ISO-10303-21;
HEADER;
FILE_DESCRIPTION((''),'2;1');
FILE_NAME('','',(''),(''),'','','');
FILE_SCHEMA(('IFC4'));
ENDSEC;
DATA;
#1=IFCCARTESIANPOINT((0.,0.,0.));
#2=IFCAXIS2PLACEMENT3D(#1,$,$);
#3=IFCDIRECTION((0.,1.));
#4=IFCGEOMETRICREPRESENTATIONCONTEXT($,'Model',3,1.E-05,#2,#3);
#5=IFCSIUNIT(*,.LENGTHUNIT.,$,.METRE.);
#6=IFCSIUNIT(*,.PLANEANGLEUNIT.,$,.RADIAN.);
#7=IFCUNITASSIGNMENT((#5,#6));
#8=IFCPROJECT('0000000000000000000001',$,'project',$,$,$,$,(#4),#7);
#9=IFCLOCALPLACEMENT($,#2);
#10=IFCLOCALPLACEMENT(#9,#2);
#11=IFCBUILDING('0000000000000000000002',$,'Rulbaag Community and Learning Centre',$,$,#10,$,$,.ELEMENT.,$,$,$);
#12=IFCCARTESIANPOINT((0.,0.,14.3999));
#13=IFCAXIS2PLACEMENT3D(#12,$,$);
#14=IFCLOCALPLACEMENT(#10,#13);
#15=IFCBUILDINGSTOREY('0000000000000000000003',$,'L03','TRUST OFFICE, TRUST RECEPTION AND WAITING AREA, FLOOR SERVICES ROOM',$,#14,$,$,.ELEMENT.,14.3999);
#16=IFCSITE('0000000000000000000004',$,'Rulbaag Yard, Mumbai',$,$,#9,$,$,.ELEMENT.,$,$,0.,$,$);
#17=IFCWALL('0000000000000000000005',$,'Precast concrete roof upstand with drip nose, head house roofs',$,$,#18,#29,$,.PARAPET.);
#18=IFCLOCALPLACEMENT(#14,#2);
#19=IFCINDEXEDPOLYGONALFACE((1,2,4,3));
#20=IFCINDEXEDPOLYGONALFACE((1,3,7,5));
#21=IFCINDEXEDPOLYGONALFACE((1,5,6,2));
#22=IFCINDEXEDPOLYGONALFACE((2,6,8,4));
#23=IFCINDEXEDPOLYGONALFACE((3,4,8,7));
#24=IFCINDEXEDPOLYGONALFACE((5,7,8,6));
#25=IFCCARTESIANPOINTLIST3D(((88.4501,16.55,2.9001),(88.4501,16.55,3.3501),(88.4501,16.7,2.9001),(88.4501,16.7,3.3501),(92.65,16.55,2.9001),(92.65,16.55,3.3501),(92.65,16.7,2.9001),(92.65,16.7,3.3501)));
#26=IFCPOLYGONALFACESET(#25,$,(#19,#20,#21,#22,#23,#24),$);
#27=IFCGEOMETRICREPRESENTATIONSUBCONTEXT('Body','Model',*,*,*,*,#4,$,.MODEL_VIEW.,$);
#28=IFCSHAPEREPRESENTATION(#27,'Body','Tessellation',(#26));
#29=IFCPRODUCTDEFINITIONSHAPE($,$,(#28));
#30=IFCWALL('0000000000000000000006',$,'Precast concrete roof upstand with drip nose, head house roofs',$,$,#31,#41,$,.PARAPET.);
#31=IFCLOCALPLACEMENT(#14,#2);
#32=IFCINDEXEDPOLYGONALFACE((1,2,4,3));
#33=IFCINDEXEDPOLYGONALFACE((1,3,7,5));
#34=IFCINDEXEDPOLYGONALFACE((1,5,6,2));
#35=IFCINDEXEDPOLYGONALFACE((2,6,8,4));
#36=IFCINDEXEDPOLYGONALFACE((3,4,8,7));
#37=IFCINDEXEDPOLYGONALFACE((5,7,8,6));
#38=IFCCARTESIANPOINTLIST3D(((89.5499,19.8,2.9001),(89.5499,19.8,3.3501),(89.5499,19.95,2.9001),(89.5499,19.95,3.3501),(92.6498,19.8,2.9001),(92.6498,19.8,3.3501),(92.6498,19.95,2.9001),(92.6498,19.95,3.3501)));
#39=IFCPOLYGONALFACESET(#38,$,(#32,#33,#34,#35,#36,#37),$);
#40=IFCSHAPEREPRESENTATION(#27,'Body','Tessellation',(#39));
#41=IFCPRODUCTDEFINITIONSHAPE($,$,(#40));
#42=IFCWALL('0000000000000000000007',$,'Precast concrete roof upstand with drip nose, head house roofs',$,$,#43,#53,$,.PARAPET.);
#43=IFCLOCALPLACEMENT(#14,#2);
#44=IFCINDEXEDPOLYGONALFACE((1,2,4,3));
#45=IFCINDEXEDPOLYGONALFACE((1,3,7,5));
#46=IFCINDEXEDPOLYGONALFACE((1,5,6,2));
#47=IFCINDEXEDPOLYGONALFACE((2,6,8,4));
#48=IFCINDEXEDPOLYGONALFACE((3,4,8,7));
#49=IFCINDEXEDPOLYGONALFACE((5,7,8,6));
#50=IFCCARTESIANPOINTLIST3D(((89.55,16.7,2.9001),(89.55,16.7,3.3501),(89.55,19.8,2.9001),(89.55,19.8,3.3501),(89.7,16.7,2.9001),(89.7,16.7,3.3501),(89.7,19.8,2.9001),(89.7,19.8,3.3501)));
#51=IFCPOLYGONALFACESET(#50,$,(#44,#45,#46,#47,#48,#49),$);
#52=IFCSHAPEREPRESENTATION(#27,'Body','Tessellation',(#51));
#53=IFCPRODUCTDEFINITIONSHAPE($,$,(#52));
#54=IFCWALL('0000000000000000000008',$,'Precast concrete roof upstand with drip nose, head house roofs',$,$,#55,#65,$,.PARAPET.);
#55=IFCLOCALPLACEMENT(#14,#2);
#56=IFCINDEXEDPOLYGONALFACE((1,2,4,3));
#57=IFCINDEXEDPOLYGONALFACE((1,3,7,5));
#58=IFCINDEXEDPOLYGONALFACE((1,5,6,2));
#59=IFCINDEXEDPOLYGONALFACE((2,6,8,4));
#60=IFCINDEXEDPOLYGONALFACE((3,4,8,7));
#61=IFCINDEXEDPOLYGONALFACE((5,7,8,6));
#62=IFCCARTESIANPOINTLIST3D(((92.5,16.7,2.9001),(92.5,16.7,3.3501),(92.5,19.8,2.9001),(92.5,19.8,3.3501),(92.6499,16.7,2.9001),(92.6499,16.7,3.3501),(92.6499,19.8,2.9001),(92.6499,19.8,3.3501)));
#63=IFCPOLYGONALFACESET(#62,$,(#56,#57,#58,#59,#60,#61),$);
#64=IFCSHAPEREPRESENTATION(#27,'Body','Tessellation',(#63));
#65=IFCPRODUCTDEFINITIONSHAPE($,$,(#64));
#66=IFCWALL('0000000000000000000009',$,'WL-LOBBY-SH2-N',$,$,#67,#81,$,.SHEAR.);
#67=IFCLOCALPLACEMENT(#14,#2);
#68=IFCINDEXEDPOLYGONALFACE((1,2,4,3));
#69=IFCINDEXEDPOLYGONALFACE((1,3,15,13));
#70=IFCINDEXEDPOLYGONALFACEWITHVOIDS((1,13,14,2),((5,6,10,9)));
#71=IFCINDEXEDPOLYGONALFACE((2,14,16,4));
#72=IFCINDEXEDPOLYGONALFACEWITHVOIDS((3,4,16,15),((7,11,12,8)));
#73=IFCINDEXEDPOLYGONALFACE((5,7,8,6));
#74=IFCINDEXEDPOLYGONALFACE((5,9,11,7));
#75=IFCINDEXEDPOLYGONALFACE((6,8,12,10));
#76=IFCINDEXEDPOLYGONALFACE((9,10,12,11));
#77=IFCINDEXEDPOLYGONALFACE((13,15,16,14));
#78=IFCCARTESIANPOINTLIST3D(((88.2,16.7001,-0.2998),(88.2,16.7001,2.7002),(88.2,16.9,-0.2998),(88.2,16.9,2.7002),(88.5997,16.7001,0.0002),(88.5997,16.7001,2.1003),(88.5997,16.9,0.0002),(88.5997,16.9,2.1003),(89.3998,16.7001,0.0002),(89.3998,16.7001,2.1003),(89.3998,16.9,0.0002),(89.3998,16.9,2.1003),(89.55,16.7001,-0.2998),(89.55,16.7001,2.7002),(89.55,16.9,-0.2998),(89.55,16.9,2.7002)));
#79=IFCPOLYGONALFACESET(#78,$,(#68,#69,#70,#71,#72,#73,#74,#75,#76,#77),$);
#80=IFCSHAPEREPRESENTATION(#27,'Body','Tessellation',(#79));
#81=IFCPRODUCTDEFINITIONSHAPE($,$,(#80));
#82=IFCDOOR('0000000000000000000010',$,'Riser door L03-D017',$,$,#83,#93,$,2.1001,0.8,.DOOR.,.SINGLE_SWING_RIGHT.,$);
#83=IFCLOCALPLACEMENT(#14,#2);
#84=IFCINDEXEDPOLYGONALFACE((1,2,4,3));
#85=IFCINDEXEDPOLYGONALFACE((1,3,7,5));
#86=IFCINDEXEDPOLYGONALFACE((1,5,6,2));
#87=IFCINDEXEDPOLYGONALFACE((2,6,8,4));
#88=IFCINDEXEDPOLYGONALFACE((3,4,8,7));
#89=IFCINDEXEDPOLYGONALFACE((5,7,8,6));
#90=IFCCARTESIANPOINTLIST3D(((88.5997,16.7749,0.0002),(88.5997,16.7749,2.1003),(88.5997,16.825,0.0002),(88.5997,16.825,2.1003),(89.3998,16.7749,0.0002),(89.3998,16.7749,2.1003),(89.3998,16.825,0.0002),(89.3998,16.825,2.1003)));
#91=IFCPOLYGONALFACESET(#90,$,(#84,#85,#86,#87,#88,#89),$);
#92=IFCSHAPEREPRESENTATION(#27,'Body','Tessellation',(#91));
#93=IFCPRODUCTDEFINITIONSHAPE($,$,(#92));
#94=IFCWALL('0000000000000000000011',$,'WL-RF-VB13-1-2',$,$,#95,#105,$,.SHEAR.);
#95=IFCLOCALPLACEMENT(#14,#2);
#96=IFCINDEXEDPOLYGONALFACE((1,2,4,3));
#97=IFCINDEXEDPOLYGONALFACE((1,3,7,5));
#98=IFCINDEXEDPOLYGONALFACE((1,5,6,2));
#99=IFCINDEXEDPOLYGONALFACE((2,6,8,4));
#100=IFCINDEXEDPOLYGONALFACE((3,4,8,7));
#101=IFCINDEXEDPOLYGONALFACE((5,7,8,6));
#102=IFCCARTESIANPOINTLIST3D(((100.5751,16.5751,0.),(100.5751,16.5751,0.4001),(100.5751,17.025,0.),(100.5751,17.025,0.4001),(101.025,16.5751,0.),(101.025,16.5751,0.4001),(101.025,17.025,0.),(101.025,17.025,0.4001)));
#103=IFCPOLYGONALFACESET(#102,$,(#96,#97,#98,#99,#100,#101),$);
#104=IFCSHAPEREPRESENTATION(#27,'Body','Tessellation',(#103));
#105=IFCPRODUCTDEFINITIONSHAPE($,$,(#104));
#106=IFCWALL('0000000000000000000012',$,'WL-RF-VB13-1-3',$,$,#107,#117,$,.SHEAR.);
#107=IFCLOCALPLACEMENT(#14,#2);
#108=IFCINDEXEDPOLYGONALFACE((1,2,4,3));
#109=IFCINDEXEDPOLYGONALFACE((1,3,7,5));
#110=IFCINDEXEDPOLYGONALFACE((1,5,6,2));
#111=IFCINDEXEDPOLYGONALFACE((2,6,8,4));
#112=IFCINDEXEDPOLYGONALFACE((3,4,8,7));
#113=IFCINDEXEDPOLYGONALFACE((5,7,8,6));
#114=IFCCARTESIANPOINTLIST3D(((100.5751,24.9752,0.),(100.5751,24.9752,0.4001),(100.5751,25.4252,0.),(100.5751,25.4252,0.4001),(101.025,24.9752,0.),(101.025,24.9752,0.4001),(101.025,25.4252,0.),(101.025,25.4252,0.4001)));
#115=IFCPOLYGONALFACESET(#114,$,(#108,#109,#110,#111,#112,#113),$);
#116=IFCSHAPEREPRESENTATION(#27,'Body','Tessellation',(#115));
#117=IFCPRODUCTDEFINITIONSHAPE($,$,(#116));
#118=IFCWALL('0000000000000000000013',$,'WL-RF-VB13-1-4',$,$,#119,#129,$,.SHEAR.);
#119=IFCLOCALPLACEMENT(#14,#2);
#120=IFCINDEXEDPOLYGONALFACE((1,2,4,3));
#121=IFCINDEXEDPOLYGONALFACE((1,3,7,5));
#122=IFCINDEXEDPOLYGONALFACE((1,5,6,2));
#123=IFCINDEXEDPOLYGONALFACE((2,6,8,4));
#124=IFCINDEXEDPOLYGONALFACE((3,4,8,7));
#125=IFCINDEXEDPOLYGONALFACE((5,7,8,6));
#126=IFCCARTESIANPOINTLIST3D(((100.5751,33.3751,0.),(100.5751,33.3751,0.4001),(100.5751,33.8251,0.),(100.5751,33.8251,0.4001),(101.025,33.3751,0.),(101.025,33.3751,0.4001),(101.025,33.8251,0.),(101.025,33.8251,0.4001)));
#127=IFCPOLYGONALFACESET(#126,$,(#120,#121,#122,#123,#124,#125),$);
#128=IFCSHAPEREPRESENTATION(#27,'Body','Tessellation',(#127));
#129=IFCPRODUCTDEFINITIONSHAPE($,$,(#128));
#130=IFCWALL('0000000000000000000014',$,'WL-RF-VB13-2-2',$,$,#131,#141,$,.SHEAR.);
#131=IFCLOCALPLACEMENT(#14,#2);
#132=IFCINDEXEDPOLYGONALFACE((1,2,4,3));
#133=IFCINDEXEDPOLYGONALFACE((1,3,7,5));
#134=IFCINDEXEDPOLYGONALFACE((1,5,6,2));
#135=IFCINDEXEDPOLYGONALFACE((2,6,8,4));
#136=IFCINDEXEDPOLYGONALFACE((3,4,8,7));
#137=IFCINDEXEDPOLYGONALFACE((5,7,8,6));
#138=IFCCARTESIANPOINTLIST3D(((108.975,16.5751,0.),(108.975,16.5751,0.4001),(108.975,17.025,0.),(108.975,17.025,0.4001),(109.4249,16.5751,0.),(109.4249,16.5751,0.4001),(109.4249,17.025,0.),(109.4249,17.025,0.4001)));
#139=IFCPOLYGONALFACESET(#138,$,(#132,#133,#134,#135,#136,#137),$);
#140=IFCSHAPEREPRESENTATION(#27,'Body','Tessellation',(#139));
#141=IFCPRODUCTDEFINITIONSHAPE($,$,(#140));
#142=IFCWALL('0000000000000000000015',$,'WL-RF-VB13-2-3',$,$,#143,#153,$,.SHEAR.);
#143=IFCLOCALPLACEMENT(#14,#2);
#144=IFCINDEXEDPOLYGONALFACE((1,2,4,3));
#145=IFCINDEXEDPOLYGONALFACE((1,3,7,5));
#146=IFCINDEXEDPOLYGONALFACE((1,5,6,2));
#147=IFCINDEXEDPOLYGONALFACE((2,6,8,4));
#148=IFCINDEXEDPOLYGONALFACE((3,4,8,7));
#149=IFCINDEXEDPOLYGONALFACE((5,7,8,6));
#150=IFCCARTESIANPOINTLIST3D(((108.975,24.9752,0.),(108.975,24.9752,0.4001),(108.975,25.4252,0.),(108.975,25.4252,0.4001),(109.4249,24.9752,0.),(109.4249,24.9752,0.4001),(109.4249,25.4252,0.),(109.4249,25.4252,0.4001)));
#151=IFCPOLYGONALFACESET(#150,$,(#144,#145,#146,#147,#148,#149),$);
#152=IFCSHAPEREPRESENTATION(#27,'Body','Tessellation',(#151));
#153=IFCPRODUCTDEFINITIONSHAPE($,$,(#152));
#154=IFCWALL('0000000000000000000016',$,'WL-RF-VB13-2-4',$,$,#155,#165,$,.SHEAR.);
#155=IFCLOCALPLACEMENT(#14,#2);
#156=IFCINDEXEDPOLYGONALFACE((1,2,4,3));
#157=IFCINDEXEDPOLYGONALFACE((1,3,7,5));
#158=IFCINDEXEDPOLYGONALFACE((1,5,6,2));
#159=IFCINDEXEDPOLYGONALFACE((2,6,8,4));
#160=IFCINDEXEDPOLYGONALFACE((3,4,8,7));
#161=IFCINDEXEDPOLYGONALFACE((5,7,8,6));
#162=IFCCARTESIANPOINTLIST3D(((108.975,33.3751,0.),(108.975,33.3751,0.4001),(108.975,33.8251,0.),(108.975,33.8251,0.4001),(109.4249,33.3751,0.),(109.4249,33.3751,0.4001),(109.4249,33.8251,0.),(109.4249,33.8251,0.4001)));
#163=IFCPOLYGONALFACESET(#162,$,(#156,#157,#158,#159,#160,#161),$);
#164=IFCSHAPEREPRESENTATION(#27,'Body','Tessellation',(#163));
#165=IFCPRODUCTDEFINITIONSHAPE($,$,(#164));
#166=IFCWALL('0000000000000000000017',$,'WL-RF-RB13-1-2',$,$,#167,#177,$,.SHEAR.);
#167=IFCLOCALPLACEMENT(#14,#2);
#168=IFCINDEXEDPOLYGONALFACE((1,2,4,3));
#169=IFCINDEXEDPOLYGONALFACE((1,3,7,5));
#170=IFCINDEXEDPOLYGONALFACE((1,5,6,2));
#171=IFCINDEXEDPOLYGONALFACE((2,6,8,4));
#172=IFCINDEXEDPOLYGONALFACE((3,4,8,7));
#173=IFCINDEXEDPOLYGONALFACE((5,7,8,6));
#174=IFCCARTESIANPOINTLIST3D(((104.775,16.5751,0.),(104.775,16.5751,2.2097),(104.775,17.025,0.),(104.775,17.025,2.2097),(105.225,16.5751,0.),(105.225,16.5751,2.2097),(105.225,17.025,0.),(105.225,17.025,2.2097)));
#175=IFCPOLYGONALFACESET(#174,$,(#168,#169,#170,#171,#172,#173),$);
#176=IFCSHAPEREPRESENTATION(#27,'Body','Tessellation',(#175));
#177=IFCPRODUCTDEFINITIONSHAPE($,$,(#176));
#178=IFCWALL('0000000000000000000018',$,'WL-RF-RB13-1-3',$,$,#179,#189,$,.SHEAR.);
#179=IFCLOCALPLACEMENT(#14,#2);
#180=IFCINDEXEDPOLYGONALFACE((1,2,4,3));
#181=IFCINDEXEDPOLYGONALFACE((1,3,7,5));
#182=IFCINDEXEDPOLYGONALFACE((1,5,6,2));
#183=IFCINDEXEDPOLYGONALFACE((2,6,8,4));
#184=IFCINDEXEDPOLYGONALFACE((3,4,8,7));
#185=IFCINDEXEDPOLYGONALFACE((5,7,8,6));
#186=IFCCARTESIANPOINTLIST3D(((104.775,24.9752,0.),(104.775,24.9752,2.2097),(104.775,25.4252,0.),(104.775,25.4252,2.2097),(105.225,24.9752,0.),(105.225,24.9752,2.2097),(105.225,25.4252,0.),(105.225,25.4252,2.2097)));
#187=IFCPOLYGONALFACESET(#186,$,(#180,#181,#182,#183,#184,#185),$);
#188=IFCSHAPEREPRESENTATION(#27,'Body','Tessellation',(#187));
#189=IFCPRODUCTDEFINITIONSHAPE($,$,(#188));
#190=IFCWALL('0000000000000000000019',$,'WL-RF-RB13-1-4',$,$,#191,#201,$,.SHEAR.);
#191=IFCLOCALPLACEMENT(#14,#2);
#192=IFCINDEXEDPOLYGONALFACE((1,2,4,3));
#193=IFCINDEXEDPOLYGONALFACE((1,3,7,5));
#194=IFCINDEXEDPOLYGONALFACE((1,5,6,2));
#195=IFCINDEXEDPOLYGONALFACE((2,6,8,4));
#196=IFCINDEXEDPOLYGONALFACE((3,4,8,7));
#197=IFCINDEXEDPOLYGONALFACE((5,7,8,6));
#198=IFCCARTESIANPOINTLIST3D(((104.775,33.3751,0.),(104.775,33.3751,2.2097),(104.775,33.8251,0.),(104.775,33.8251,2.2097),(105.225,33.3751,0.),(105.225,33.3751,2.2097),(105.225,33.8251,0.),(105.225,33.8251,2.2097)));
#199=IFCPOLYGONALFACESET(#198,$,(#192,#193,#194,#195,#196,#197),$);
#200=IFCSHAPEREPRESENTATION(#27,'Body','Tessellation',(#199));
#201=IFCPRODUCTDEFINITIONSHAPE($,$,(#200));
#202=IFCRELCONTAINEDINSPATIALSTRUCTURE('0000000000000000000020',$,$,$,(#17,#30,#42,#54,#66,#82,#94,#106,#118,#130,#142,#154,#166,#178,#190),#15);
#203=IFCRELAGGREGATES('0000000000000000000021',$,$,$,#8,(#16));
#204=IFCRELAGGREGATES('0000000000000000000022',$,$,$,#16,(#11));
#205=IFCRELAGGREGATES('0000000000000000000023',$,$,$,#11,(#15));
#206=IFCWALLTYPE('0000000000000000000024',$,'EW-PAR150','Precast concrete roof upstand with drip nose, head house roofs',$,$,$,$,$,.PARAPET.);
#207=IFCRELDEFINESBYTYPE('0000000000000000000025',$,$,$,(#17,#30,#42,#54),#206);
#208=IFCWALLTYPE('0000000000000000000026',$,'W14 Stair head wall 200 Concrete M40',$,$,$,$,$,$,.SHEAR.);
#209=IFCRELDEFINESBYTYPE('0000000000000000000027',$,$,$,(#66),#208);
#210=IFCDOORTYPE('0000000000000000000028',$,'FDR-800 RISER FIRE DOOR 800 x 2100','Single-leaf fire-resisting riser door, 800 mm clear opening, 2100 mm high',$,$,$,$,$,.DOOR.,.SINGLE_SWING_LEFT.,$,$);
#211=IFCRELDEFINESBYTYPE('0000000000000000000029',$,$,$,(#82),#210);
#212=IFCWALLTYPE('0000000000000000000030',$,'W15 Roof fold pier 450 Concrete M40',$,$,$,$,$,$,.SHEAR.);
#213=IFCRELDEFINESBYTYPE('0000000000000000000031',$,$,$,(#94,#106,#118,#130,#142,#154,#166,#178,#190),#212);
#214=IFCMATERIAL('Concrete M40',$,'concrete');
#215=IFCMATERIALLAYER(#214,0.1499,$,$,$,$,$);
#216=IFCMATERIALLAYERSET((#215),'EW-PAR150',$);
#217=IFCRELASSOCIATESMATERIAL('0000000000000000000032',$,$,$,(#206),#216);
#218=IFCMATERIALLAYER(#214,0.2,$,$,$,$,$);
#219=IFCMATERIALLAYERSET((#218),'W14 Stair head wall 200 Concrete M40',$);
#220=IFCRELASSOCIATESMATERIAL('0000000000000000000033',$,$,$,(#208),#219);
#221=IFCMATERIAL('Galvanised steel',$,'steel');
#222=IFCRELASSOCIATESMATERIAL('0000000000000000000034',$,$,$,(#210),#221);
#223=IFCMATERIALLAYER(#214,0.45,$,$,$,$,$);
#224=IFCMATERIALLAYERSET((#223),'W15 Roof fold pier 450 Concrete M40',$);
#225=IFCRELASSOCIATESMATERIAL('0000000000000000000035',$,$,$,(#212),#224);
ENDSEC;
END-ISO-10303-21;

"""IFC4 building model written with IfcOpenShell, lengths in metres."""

from ifc_helpers import new_model, si_unit, direction, frame, frame_2d, origin, place, context, subcontext, project, spatial, rectangle, extrude, material, layer, layer_set, type_object, element, fill, save


model = new_model("IFC4")

# Units and contexts
model_context = context("Model", 3, precision=1e-05, world=origin(), true_north=direction((0.0, 1.0)))
body_context = subcontext(model_context, "Body", "Model", "MODEL_VIEW")
ifc_project = project(units=[si_unit("LENGTHUNIT", "METRE"), si_unit("PLANEANGLEUNIT", "RADIAN")], contexts=[model_context])

# Site, building, storey
site_placement = place(None, origin())
site = spatial("IfcSite", under=ifc_project, at=site_placement, Name="Rulbaag Yard, Mumbai", CompositionType="ELEMENT", RefElevation=0.0)
building_placement = place(site_placement, origin())
building = spatial("IfcBuilding", under=site, at=building_placement, Name="Rulbaag Community and Learning Centre", CompositionType="ELEMENT")
storey_placement = place(building_placement, frame((0.0, 0.0, 14.3999)))
storey = spatial("IfcBuildingStorey", under=building, at=storey_placement, Name="L03", Description="TRUST OFFICE, TRUST RECEPTION AND WAITING AREA, FLOOR SERVICES ROOM", CompositionType="ELEMENT", Elevation=14.3999)

# Shared definitions
ifc_material_1 = material(Name="Concrete M40", Category="concrete")

# Walls
ifc_layer_1 = layer(ifc_material_1, 0.1499)
ifc_layer_set_1 = layer_set([ifc_layer_1], Name="EW-PAR150")
wall_type_1 = type_object("IfcWallType", Name="EW-PAR150", Description="Precast concrete roof upstand with drip nose, head house roofs", PredefinedType="PARAPET", material=ifc_layer_set_1)
wall_1_placement = place(storey_placement, frame((88.45, 16.625, 2.9001), z_axis=(0.0, 0.0, 1.0), x_axis=(1.0, 0.0, 0.0)))
element("IfcWall", 1, at=wall_1_placement, inside=storey, type_object=wall_type_1, Name="Precast concrete roof upstand with drip nose, head house roofs", PredefinedType="PARAPET", context=body_context, shape_type="SweptSolid", body=[
    extrude(rectangle(XDim=4.2, YDim=0.1499, at=frame_2d((2.1001, 0.0))), origin(), (0.0, 0.0, 1.0), 0.45),
])
wall_2_placement = place(storey_placement, frame((89.55, 19.875, 2.9001), z_axis=(0.0, 0.0, 1.0), x_axis=(1.0, 0.0, 0.0)))
element("IfcWall", 2, at=wall_2_placement, inside=storey, type_object=wall_type_1, Name="Precast concrete roof upstand with drip nose, head house roofs", PredefinedType="PARAPET", context=body_context, shape_type="SweptSolid", body=[
    extrude(rectangle(XDim=3.0999, YDim=0.1499, at=frame_2d((1.5498, 0.0))), origin(), (0.0, 0.0, 1.0), 0.45),
])
for number, where, z_axis, x_axis, name in (
    (3, (89.625, 16.7, 2.9001), (0.0, 0.0, 1.0), (0.0, 1.0, 0.0), "Precast concrete roof upstand with drip nose, head house roofs"),
    (4, (92.575, 16.7, 2.9001), (0.0, 0.0, 1.0), (0.0, 1.0, 0.0), "Precast concrete roof upstand with drip nose, head house roofs"),
):
    element("IfcWall", number, at=place(storey_placement, frame(where, z_axis=z_axis, x_axis=x_axis)), inside=storey, type_object=wall_type_1, Name=name, PredefinedType="PARAPET", context=body_context, shape_type="SweptSolid", body=[
        extrude(rectangle(XDim=3.1001, YDim=0.1499, at=frame_2d((1.55, 0.0))), origin(), (0.0, 0.0, 1.0), 0.45),
    ])

# Wall, opening, door
ifc_layer_2 = layer(ifc_material_1, 0.2)
ifc_layer_set_2 = layer_set([ifc_layer_2], Name="W14 Stair head wall 200 Concrete M40")
wall_type_2 = type_object("IfcWallType", Name="W14 Stair head wall 200 Concrete M40", PredefinedType="SHEAR", material=ifc_layer_set_2)
wall_3_placement = place(storey_placement, frame((88.2, 16.8, -0.2998), z_axis=(0.0, 0.0, 1.0), x_axis=(1.0, 0.0, 0.0)))
wall_3 = element("IfcWall", 5, at=wall_3_placement, inside=storey, type_object=wall_type_2, Name="WL-LOBBY-SH2-N", PredefinedType="SHEAR", context=body_context, shape_type="SweptSolid", body=[
    extrude(rectangle(XDim=1.3501, YDim=0.2, at=frame_2d((0.675, 0.0))), origin(), (0.0, 0.0, 1.0), 3.0),
])
opening_1_placement = place(wall_3_placement, frame((0.3999, 0.0, 0.3)))
opening_1 = element("IfcOpeningElement", 6, at=opening_1_placement, cuts=wall_3, PredefinedType="OPENING", context=body_context, shape_type="SweptSolid", body=[
    extrude(rectangle(XDim=0.8, YDim=2.1001, at=frame_2d((0.3999, 1.05))), frame((0.0, 0.1099, 0.0), z_axis=(0.0, -1.0, 0.0), x_axis=(1.0, 0.0, 0.0)), (0.0, 0.0, 1.0), 0.22),
])
ifc_material_2 = material(Name="Galvanised steel", Category="steel")
door_type_1 = type_object("IfcDoorType", Name="FDR-800 RISER FIRE DOOR 800 x 2100", Description="Single-leaf fire-resisting riser door, 800 mm clear opening, 2100 mm high", OperationType="SINGLE_SWING_LEFT", PredefinedType="DOOR", material=ifc_material_2)
door_1_placement = place(opening_1_placement, origin())
door_1 = element("IfcDoor", 7, at=door_1_placement, inside=storey, type_object=door_type_1, Name="Riser door L03-D017", OperationType="SINGLE_SWING_RIGHT", OverallHeight=2.1001, OverallWidth=0.8, PredefinedType="DOOR", context=body_context, shape_type="SweptSolid", body=[
    extrude(rectangle(XDim=0.8, YDim=2.1001, at=frame_2d((0.3999, 1.05))), frame((0.0, 0.0249, 0.0), z_axis=(0.0, -1.0, 0.0), x_axis=(1.0, 0.0, 0.0)), (0.0, 0.0, 1.0), 0.05),
])
fill(opening_1, door_1)

# Walls
ifc_layer_3 = layer(ifc_material_1, 0.45)
ifc_layer_set_3 = layer_set([ifc_layer_3], Name="W15 Roof fold pier 450 Concrete M40")
wall_type_3 = type_object("IfcWallType", Name="W15 Roof fold pier 450 Concrete M40", PredefinedType="SHEAR", material=ifc_layer_set_3)
for number, where, z_axis, x_axis, name in (
    (8, (100.8, 16.575, 0.0), (0.0, 0.0, 1.0), (0.0, 1.0, 0.0), "WL-RF-VB13-1-2"),
    (9, (100.8, 24.9751, 0.0), (0.0, 0.0, 1.0), (0.0, 1.0, 0.0), "WL-RF-VB13-1-3"),
    (10, (100.8, 33.375, 0.0), (0.0, 0.0, 1.0), (0.0, 1.0, 0.0), "WL-RF-VB13-1-4"),
    (11, (109.2, 16.575, 0.0), (0.0, 0.0, 1.0), (0.0, 1.0, 0.0), "WL-RF-VB13-2-2"),
    (12, (109.2, 24.9751, 0.0), (0.0, 0.0, 1.0), (0.0, 1.0, 0.0), "WL-RF-VB13-2-3"),
    (13, (109.2, 33.375, 0.0), (0.0, 0.0, 1.0), (0.0, 1.0, 0.0), "WL-RF-VB13-2-4"),
):
    element("IfcWall", number, at=place(storey_placement, frame(where, z_axis=z_axis, x_axis=x_axis)), inside=storey, type_object=wall_type_3, Name=name, PredefinedType="SHEAR", context=body_context, shape_type="SweptSolid", body=[
        extrude(rectangle(XDim=0.45, YDim=0.45, at=frame_2d((0.2251, 0.0))), origin(), (0.0, 0.0, 1.0), 0.4001),
    ])
for number, where, z_axis, x_axis, name in (
    (14, (105.0, 16.575, 0.0), (0.0, 0.0, 1.0), (0.0, 1.0, 0.0), "WL-RF-RB13-1-2"),
    (15, (105.0, 24.9751, 0.0), (0.0, 0.0, 1.0), (0.0, 1.0, 0.0), "WL-RF-RB13-1-3"),
    (16, (105.0, 33.375, 0.0), (0.0, 0.0, 1.0), (0.0, 1.0, 0.0), "WL-RF-RB13-1-4"),
):
    element("IfcWall", number, at=place(storey_placement, frame(where, z_axis=z_axis, x_axis=x_axis)), inside=storey, type_object=wall_type_3, Name=name, PredefinedType="SHEAR", context=body_context, shape_type="SweptSolid", body=[
        extrude(rectangle(XDim=0.45, YDim=0.45, at=frame_2d((0.2251, 0.0))), origin(), (0.0, 0.0, 1.0), 2.2097),
    ])

save(model, "model.ifc")
